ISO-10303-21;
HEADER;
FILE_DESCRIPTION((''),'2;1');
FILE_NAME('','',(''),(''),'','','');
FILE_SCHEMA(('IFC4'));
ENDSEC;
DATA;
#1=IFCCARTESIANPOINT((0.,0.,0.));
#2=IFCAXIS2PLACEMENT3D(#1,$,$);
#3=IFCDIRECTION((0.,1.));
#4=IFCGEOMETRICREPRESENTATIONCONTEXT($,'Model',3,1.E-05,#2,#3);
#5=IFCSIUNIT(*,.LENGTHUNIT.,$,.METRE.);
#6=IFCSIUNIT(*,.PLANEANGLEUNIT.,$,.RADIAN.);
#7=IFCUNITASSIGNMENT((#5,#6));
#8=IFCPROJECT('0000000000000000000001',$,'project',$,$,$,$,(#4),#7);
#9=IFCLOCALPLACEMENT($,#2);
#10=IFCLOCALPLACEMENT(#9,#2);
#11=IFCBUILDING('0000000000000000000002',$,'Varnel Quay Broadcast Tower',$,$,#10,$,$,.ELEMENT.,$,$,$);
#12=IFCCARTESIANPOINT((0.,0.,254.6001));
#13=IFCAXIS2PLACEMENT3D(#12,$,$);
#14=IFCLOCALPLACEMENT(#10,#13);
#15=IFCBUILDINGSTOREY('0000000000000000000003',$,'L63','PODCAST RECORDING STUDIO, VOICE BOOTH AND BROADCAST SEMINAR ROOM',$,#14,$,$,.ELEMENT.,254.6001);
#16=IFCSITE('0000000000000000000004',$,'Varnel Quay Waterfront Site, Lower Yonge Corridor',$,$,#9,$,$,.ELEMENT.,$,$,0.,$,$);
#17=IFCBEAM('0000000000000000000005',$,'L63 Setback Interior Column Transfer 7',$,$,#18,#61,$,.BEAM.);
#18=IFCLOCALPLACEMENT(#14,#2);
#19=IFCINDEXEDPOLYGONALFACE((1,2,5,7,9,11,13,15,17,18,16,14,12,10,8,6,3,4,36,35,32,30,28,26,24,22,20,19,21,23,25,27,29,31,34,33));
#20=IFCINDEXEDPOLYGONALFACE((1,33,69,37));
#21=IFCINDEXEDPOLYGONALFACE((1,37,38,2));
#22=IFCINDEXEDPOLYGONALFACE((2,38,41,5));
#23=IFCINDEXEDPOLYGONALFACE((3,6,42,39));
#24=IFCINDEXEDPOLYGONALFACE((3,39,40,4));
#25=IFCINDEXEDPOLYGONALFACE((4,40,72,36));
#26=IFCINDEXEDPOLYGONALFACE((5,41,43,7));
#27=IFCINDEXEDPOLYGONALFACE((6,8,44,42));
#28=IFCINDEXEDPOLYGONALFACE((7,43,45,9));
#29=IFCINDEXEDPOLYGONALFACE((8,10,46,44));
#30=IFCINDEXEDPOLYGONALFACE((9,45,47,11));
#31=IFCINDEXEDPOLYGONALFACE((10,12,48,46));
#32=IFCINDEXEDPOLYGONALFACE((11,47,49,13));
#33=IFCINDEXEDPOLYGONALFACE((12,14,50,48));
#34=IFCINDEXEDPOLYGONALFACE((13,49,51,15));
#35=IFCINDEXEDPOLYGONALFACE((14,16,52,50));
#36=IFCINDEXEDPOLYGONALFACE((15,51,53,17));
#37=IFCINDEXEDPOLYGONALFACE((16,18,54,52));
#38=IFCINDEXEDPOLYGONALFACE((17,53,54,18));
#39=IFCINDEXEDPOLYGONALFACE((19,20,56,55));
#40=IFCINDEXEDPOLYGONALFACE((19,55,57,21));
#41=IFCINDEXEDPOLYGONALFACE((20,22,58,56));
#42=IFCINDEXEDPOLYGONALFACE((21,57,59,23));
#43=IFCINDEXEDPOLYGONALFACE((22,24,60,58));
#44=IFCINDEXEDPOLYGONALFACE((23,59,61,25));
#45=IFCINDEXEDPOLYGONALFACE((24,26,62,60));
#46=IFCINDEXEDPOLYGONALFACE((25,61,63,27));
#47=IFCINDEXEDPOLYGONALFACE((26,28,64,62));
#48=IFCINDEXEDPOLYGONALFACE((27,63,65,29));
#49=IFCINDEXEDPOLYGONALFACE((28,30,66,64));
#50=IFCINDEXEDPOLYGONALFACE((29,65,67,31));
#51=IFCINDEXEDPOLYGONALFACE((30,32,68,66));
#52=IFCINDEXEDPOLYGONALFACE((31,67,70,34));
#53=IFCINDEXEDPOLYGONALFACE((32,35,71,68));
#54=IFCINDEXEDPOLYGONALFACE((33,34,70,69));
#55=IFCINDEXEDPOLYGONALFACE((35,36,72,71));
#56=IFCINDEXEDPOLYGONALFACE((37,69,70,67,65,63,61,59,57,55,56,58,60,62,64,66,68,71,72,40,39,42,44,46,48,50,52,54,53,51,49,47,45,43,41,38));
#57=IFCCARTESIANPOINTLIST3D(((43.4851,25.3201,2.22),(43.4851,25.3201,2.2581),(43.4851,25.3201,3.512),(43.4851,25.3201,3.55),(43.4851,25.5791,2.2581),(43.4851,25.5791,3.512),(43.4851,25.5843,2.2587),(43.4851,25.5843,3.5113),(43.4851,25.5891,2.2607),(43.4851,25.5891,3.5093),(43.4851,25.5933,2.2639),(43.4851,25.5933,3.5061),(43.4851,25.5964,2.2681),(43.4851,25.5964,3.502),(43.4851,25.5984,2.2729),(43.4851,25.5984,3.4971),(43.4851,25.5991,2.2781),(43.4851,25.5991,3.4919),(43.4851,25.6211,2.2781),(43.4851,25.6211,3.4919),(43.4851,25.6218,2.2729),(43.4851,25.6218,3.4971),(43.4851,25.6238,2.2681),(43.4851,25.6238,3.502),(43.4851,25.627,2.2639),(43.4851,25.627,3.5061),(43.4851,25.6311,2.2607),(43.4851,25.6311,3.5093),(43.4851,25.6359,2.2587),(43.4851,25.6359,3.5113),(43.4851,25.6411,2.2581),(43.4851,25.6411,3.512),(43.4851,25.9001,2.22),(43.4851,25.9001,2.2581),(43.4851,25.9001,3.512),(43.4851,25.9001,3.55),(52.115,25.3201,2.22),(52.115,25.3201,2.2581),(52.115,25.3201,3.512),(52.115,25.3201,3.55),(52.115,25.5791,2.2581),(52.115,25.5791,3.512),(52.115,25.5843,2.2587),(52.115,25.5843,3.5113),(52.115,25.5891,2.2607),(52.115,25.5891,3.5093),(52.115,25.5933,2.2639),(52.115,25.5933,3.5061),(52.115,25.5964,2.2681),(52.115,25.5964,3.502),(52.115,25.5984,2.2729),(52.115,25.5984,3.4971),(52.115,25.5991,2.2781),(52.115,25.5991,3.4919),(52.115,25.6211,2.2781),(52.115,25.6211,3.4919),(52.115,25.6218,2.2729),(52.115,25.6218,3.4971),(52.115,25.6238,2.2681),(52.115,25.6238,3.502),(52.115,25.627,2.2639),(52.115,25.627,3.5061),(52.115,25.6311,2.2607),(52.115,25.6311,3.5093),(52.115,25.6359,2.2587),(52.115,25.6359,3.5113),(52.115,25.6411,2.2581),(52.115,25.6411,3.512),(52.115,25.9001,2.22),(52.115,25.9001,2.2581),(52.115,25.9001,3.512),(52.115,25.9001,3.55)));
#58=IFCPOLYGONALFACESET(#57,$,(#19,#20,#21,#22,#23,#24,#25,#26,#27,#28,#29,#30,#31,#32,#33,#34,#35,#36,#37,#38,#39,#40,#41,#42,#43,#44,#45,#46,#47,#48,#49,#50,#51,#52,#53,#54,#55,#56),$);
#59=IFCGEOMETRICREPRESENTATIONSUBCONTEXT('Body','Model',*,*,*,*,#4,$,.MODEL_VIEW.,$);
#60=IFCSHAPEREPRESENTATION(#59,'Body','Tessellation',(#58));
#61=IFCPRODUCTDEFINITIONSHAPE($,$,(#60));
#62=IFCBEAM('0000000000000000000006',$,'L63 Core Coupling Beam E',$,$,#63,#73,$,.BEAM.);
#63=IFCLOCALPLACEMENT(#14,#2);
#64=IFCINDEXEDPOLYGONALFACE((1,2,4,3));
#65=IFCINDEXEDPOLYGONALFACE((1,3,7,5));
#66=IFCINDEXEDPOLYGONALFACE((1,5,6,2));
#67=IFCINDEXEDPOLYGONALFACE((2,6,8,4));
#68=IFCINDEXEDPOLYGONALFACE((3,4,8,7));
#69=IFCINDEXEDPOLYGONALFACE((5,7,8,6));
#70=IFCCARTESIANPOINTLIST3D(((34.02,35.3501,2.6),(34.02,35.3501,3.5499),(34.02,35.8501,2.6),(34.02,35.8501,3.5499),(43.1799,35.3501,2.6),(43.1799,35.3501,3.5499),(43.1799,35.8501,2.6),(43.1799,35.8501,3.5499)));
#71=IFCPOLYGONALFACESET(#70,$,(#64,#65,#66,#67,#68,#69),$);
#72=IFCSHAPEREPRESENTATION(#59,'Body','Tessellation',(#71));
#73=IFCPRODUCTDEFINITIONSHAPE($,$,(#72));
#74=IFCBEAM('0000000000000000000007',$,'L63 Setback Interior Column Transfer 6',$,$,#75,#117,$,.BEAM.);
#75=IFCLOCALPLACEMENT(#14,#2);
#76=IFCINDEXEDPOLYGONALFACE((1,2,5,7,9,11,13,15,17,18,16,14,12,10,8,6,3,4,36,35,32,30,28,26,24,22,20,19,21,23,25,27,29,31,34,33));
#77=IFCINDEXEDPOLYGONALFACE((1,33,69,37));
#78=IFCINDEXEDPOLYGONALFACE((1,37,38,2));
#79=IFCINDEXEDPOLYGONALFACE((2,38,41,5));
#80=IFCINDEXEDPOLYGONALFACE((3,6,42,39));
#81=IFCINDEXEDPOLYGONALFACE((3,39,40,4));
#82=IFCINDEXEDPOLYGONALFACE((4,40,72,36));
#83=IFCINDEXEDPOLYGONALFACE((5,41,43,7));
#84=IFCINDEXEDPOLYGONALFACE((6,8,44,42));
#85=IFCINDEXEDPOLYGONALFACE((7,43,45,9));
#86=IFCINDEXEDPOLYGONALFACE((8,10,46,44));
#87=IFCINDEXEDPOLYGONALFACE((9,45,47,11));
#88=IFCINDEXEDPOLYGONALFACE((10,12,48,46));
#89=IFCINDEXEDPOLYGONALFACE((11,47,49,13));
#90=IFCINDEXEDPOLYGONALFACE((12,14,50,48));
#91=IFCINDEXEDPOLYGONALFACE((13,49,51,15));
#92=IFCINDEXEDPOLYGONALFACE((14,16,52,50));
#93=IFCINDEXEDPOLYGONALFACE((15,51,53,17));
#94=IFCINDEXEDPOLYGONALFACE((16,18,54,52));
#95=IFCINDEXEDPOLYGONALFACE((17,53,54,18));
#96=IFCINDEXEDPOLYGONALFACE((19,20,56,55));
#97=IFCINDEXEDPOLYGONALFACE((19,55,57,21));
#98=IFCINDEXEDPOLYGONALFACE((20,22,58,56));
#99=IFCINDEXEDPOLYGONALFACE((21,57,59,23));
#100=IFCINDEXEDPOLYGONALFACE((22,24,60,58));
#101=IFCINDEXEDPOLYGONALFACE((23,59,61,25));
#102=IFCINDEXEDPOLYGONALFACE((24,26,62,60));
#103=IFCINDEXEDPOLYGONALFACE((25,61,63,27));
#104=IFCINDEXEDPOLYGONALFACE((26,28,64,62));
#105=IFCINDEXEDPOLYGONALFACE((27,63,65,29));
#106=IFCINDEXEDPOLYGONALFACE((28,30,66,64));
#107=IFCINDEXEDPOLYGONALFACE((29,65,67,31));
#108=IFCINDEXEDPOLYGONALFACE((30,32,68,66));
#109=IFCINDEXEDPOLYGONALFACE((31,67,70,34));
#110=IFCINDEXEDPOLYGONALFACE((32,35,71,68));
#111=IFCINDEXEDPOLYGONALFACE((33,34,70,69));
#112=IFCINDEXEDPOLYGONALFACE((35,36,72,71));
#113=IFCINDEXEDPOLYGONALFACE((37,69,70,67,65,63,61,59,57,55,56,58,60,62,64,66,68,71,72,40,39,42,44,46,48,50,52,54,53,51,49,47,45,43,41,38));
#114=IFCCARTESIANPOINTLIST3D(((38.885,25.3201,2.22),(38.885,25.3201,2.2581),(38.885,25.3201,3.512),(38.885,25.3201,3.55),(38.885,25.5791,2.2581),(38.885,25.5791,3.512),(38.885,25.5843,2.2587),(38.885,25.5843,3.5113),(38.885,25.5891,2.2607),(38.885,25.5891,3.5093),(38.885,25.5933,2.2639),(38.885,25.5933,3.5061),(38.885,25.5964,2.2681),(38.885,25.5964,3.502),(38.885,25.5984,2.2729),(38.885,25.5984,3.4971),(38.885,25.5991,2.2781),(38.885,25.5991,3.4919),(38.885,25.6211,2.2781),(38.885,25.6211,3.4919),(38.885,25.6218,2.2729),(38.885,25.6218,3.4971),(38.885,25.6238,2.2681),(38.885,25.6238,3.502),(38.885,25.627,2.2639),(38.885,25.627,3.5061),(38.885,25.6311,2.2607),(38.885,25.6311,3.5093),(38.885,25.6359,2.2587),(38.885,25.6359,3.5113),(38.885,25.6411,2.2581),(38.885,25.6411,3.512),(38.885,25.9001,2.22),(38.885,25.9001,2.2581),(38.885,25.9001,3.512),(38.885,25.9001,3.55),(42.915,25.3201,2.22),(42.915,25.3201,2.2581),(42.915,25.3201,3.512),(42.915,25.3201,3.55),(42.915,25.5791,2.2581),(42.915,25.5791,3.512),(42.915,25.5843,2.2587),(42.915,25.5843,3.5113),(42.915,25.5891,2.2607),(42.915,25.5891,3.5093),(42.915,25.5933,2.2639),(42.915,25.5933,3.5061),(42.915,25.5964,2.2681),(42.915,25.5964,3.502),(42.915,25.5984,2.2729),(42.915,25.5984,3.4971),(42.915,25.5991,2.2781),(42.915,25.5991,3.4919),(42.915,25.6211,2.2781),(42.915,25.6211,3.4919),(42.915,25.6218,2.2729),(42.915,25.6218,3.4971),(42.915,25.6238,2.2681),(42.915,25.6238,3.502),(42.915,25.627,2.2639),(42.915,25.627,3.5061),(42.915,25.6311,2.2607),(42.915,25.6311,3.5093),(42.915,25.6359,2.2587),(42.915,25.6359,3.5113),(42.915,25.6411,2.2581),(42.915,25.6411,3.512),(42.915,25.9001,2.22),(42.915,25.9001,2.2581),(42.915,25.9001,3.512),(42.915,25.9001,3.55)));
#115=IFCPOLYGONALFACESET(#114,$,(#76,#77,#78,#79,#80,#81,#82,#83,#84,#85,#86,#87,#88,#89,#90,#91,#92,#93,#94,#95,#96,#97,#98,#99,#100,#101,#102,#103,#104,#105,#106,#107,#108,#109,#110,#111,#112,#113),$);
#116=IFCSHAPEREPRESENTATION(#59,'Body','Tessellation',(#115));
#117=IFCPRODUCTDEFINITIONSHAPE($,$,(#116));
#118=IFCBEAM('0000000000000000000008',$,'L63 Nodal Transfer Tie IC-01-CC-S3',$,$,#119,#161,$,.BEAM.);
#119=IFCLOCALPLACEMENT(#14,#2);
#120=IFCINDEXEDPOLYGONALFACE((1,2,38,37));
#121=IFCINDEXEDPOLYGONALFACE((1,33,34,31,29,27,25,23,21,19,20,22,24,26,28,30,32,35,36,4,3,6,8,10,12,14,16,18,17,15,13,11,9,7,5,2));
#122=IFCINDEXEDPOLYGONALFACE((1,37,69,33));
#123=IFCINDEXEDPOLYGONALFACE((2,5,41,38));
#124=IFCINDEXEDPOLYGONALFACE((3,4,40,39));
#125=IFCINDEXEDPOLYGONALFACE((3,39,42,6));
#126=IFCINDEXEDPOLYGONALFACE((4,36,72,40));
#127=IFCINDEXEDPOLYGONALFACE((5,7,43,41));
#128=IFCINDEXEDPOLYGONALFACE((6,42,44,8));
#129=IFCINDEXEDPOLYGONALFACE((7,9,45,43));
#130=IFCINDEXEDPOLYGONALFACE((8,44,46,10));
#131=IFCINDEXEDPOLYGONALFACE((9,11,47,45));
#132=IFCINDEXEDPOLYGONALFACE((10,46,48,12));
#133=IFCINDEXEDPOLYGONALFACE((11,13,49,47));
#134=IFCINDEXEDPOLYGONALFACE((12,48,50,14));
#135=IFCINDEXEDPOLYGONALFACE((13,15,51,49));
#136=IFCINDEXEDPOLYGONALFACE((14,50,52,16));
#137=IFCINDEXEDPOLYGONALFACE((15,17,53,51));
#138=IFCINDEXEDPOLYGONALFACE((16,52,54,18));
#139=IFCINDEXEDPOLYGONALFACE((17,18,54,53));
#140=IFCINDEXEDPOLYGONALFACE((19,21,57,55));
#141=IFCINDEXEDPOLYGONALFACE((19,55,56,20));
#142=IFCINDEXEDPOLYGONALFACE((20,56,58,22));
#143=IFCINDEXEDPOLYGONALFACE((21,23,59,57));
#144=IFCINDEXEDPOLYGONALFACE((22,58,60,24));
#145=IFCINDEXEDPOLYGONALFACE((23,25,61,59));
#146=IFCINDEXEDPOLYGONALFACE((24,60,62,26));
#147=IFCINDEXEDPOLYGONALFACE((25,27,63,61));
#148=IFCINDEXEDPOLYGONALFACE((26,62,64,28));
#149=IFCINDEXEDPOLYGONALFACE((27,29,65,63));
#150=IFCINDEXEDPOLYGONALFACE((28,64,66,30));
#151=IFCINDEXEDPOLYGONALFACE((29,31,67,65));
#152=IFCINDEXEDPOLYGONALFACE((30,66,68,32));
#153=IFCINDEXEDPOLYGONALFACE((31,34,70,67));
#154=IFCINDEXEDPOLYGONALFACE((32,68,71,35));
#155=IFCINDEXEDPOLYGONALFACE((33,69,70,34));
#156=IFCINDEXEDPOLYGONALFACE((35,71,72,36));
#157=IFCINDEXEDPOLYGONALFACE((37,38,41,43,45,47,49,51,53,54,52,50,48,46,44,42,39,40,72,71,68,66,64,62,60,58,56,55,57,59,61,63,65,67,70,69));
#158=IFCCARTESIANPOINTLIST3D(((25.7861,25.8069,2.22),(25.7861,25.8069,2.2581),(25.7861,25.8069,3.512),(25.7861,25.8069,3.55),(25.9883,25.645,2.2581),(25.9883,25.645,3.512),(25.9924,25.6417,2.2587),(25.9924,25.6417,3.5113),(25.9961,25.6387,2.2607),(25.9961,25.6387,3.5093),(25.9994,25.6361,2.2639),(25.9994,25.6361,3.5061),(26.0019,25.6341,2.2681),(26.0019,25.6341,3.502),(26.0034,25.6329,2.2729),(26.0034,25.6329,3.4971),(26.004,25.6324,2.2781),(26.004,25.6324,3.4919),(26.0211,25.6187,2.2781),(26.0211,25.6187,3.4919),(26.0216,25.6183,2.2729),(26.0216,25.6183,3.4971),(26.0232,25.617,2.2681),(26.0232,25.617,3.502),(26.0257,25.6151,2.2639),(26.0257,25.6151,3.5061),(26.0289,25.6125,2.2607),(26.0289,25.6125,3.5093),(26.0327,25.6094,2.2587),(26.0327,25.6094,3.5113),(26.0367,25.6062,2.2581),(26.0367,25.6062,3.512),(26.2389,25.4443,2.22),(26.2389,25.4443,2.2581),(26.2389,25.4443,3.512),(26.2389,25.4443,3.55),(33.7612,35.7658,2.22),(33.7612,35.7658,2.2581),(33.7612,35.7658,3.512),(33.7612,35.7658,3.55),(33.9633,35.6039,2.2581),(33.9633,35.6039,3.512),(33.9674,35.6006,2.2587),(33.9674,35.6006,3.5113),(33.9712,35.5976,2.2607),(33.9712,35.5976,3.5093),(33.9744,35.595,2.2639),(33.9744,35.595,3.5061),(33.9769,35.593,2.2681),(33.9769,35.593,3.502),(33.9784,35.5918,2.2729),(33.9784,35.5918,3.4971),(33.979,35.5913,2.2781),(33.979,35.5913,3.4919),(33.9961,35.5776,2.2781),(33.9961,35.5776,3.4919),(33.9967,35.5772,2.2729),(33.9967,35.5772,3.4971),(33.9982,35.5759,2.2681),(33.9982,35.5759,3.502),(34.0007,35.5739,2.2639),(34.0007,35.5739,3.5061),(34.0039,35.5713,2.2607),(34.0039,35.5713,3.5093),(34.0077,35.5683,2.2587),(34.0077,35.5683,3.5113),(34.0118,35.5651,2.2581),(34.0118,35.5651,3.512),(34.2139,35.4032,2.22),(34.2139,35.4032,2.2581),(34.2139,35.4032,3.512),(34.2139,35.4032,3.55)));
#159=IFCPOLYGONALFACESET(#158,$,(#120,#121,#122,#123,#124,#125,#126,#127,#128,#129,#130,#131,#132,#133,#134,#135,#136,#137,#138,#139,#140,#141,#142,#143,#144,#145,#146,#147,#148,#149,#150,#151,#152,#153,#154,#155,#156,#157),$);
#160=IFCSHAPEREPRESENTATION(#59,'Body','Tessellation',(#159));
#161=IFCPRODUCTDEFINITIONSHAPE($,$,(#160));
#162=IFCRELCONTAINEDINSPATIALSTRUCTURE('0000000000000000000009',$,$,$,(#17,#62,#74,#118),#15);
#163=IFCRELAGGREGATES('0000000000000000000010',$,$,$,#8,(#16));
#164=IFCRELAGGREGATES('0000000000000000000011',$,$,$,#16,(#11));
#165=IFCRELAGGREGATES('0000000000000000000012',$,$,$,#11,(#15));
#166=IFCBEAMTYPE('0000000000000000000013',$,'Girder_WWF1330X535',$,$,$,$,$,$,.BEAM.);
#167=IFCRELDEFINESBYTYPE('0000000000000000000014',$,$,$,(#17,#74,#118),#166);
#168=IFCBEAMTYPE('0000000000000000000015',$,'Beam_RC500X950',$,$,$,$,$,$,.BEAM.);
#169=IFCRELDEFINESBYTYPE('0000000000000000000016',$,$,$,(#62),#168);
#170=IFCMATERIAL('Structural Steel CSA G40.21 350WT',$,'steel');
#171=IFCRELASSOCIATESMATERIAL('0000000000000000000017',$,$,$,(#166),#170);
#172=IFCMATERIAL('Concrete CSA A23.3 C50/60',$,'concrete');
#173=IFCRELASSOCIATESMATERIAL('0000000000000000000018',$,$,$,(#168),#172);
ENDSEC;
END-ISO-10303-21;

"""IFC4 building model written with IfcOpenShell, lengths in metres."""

from ifc_helpers import new_model, si_unit, direction, frame, origin, origin_2d, place, context, subcontext, project, spatial, rectangle, i_section, extrude, source, transform, mapped, material, material_profile, profile_set, type_object, type_shapes, element, save


model = new_model("IFC4")

# Units and contexts
model_context = context("Model", 3, precision=1e-05, world=origin(), true_north=direction((0.0, 1.0)))
body_context = subcontext(model_context, "Body", "Model", "MODEL_VIEW")
ifc_project = project(units=[si_unit("LENGTHUNIT", "METRE"), si_unit("PLANEANGLEUNIT", "RADIAN")], contexts=[model_context])

# Site, building, storey
site_placement = place(None, origin())
site = spatial("IfcSite", under=ifc_project, at=site_placement, Name="Varnel Quay Waterfront Site, Lower Yonge Corridor", CompositionType="ELEMENT", RefElevation=0.0)
building_placement = place(site_placement, origin())
building = spatial("IfcBuilding", under=site, at=building_placement, Name="Varnel Quay Broadcast Tower", CompositionType="ELEMENT")
storey_placement = place(building_placement, frame((0.0, 0.0, 254.6001)))
storey = spatial("IfcBuildingStorey", under=building, at=storey_placement, Name="L63", Description="PODCAST RECORDING STUDIO, VOICE BOOTH AND BROADCAST SEMINAR ROOM", CompositionType="ELEMENT", Elevation=254.6001)

# Shared definitions
ifc_material_1 = material(Name="Structural Steel CSA G40.21 350WT", Category="steel")

# Beams
ifc_material_profile_1 = material_profile(ifc_material_1, i_section(OverallWidth=0.5801, OverallDepth=1.3301, WebThickness=0.022, FlangeThickness=0.0381, FilletRadius=0.02, at=origin_2d()), Name="WWF1330X535")
ifc_profile_set_1 = profile_set([ifc_material_profile_1], Name="Structural Steel CSA G40.21 350WT")
beam_type_1 = type_object("IfcBeamType", Name="Girder_WWF1330X535", PredefinedType="BEAM", material=ifc_profile_set_1)
shared_shape_1 = source(origin(), body_context, "Body", "SweptSolid", [
    extrude(i_section(OverallWidth=0.5801, OverallDepth=1.3301, WebThickness=0.022, FlangeThickness=0.0381, FilletRadius=0.02, at=origin_2d()), origin(), (0.0, 0.0, 1.0), 8.6299),
])
beam_1_placement = place(storey_placement, frame((43.4851, 25.6101, 2.885), z_axis=(1.0, 0.0, 0.0), x_axis=(0.0, 1.0, 0.0)))
element("IfcBeam", 1, at=beam_1_placement, inside=storey, type_object=beam_type_1, Name="L63 Setback Interior Column Transfer 7", PredefinedType="BEAM", context=body_context, shape_type="MappedRepresentation", body=[
    mapped(shared_shape_1, transform((0.0, 0.0, 0.0), x_axis=(1.0, 0.0, 0.0), y_axis=(0.0, 1.0, 0.0), z_axis=(0.0, 0.0, 1.0), scale=1.0)),
])
ifc_material_2 = material(Name="Concrete CSA A23.3 C50/60", Category="concrete")
ifc_material_profile_2 = material_profile(ifc_material_2, rectangle(XDim=0.5, YDim=0.95, at=origin_2d()), Name="RC500X950")
ifc_profile_set_2 = profile_set([ifc_material_profile_2], Name="Concrete CSA A23.3 C50/60")
beam_type_2 = type_object("IfcBeamType", Name="Beam_RC500X950", PredefinedType="BEAM", material=ifc_profile_set_2)
shared_shape_2 = source(origin(), body_context, "Body", "SweptSolid", [
    extrude(rectangle(XDim=0.5, YDim=0.95, at=origin_2d()), origin(), (0.0, 0.0, 1.0), 9.1599),
])
type_shapes(beam_type_2, [shared_shape_2])
beam_2_placement = place(storey_placement, frame((34.02, 35.6001, 3.075), z_axis=(1.0, 0.0, 0.0), x_axis=(0.0, 1.0, 0.0)))
element("IfcBeam", 2, at=beam_2_placement, inside=storey, type_object=beam_type_2, Name="L63 Core Coupling Beam E", PredefinedType="BEAM", context=body_context, shape_type="MappedRepresentation", body=[
    mapped(shared_shape_2, transform((0.0, 0.0, 0.0), x_axis=(1.0, 0.0, 0.0), y_axis=(0.0, 1.0, 0.0), z_axis=(0.0, 0.0, 1.0), scale=1.0)),
])
shared_shape_3 = source(origin(), body_context, "Body", "SweptSolid", [
    extrude(i_section(OverallWidth=0.5801, OverallDepth=1.3301, WebThickness=0.022, FlangeThickness=0.0381, FilletRadius=0.02, at=origin_2d()), origin(), (0.0, 0.0, 1.0), 4.03),
])
beam_3_placement = place(storey_placement, frame((38.885, 25.6101, 2.885), z_axis=(1.0, 0.0, 0.0), x_axis=(0.0, 1.0, 0.0)))
element("IfcBeam", 3, at=beam_3_placement, inside=storey, type_object=beam_type_1, Name="L63 Setback Interior Column Transfer 6", PredefinedType="BEAM", context=body_context, shape_type="MappedRepresentation", body=[
    mapped(shared_shape_3, transform((0.0, 0.0, 0.0), x_axis=(1.0, 0.0, 0.0), y_axis=(0.0, 1.0, 0.0), z_axis=(0.0, 0.0, 1.0), scale=1.0)),
])
shared_shape_4 = source(origin(), body_context, "Body", "SweptSolid", [
    extrude(i_section(OverallWidth=0.5801, OverallDepth=1.3301, WebThickness=0.022, FlangeThickness=0.0381, FilletRadius=0.02, at=origin_2d()), origin(), (0.0, 0.0, 1.0), 12.7585),
])
type_shapes(beam_type_1, [shared_shape_1, shared_shape_3, shared_shape_4])
for number, where, z_axis, x_axis, name in (
    (4, (33.9875, 35.5845, 2.885), (-0.625073, -0.780566, 0.0), (0.780566, -0.625073, 0.0), "L63 Nodal Transfer Tie IC-01-CC-S3"),
):
    element("IfcBeam", number, at=place(storey_placement, frame(where, z_axis=z_axis, x_axis=x_axis)), inside=storey, type_object=beam_type_1, Name=name, PredefinedType="BEAM", context=body_context, shape_type="MappedRepresentation", body=[
        mapped(shared_shape_4, transform((0.0, 0.0, 0.0), x_axis=(1.0, 0.0, 0.0), y_axis=(0.0, 1.0, 0.0), z_axis=(0.0, 0.0, 1.0), scale=1.0)),
    ])

save(model, "model.ifc")
